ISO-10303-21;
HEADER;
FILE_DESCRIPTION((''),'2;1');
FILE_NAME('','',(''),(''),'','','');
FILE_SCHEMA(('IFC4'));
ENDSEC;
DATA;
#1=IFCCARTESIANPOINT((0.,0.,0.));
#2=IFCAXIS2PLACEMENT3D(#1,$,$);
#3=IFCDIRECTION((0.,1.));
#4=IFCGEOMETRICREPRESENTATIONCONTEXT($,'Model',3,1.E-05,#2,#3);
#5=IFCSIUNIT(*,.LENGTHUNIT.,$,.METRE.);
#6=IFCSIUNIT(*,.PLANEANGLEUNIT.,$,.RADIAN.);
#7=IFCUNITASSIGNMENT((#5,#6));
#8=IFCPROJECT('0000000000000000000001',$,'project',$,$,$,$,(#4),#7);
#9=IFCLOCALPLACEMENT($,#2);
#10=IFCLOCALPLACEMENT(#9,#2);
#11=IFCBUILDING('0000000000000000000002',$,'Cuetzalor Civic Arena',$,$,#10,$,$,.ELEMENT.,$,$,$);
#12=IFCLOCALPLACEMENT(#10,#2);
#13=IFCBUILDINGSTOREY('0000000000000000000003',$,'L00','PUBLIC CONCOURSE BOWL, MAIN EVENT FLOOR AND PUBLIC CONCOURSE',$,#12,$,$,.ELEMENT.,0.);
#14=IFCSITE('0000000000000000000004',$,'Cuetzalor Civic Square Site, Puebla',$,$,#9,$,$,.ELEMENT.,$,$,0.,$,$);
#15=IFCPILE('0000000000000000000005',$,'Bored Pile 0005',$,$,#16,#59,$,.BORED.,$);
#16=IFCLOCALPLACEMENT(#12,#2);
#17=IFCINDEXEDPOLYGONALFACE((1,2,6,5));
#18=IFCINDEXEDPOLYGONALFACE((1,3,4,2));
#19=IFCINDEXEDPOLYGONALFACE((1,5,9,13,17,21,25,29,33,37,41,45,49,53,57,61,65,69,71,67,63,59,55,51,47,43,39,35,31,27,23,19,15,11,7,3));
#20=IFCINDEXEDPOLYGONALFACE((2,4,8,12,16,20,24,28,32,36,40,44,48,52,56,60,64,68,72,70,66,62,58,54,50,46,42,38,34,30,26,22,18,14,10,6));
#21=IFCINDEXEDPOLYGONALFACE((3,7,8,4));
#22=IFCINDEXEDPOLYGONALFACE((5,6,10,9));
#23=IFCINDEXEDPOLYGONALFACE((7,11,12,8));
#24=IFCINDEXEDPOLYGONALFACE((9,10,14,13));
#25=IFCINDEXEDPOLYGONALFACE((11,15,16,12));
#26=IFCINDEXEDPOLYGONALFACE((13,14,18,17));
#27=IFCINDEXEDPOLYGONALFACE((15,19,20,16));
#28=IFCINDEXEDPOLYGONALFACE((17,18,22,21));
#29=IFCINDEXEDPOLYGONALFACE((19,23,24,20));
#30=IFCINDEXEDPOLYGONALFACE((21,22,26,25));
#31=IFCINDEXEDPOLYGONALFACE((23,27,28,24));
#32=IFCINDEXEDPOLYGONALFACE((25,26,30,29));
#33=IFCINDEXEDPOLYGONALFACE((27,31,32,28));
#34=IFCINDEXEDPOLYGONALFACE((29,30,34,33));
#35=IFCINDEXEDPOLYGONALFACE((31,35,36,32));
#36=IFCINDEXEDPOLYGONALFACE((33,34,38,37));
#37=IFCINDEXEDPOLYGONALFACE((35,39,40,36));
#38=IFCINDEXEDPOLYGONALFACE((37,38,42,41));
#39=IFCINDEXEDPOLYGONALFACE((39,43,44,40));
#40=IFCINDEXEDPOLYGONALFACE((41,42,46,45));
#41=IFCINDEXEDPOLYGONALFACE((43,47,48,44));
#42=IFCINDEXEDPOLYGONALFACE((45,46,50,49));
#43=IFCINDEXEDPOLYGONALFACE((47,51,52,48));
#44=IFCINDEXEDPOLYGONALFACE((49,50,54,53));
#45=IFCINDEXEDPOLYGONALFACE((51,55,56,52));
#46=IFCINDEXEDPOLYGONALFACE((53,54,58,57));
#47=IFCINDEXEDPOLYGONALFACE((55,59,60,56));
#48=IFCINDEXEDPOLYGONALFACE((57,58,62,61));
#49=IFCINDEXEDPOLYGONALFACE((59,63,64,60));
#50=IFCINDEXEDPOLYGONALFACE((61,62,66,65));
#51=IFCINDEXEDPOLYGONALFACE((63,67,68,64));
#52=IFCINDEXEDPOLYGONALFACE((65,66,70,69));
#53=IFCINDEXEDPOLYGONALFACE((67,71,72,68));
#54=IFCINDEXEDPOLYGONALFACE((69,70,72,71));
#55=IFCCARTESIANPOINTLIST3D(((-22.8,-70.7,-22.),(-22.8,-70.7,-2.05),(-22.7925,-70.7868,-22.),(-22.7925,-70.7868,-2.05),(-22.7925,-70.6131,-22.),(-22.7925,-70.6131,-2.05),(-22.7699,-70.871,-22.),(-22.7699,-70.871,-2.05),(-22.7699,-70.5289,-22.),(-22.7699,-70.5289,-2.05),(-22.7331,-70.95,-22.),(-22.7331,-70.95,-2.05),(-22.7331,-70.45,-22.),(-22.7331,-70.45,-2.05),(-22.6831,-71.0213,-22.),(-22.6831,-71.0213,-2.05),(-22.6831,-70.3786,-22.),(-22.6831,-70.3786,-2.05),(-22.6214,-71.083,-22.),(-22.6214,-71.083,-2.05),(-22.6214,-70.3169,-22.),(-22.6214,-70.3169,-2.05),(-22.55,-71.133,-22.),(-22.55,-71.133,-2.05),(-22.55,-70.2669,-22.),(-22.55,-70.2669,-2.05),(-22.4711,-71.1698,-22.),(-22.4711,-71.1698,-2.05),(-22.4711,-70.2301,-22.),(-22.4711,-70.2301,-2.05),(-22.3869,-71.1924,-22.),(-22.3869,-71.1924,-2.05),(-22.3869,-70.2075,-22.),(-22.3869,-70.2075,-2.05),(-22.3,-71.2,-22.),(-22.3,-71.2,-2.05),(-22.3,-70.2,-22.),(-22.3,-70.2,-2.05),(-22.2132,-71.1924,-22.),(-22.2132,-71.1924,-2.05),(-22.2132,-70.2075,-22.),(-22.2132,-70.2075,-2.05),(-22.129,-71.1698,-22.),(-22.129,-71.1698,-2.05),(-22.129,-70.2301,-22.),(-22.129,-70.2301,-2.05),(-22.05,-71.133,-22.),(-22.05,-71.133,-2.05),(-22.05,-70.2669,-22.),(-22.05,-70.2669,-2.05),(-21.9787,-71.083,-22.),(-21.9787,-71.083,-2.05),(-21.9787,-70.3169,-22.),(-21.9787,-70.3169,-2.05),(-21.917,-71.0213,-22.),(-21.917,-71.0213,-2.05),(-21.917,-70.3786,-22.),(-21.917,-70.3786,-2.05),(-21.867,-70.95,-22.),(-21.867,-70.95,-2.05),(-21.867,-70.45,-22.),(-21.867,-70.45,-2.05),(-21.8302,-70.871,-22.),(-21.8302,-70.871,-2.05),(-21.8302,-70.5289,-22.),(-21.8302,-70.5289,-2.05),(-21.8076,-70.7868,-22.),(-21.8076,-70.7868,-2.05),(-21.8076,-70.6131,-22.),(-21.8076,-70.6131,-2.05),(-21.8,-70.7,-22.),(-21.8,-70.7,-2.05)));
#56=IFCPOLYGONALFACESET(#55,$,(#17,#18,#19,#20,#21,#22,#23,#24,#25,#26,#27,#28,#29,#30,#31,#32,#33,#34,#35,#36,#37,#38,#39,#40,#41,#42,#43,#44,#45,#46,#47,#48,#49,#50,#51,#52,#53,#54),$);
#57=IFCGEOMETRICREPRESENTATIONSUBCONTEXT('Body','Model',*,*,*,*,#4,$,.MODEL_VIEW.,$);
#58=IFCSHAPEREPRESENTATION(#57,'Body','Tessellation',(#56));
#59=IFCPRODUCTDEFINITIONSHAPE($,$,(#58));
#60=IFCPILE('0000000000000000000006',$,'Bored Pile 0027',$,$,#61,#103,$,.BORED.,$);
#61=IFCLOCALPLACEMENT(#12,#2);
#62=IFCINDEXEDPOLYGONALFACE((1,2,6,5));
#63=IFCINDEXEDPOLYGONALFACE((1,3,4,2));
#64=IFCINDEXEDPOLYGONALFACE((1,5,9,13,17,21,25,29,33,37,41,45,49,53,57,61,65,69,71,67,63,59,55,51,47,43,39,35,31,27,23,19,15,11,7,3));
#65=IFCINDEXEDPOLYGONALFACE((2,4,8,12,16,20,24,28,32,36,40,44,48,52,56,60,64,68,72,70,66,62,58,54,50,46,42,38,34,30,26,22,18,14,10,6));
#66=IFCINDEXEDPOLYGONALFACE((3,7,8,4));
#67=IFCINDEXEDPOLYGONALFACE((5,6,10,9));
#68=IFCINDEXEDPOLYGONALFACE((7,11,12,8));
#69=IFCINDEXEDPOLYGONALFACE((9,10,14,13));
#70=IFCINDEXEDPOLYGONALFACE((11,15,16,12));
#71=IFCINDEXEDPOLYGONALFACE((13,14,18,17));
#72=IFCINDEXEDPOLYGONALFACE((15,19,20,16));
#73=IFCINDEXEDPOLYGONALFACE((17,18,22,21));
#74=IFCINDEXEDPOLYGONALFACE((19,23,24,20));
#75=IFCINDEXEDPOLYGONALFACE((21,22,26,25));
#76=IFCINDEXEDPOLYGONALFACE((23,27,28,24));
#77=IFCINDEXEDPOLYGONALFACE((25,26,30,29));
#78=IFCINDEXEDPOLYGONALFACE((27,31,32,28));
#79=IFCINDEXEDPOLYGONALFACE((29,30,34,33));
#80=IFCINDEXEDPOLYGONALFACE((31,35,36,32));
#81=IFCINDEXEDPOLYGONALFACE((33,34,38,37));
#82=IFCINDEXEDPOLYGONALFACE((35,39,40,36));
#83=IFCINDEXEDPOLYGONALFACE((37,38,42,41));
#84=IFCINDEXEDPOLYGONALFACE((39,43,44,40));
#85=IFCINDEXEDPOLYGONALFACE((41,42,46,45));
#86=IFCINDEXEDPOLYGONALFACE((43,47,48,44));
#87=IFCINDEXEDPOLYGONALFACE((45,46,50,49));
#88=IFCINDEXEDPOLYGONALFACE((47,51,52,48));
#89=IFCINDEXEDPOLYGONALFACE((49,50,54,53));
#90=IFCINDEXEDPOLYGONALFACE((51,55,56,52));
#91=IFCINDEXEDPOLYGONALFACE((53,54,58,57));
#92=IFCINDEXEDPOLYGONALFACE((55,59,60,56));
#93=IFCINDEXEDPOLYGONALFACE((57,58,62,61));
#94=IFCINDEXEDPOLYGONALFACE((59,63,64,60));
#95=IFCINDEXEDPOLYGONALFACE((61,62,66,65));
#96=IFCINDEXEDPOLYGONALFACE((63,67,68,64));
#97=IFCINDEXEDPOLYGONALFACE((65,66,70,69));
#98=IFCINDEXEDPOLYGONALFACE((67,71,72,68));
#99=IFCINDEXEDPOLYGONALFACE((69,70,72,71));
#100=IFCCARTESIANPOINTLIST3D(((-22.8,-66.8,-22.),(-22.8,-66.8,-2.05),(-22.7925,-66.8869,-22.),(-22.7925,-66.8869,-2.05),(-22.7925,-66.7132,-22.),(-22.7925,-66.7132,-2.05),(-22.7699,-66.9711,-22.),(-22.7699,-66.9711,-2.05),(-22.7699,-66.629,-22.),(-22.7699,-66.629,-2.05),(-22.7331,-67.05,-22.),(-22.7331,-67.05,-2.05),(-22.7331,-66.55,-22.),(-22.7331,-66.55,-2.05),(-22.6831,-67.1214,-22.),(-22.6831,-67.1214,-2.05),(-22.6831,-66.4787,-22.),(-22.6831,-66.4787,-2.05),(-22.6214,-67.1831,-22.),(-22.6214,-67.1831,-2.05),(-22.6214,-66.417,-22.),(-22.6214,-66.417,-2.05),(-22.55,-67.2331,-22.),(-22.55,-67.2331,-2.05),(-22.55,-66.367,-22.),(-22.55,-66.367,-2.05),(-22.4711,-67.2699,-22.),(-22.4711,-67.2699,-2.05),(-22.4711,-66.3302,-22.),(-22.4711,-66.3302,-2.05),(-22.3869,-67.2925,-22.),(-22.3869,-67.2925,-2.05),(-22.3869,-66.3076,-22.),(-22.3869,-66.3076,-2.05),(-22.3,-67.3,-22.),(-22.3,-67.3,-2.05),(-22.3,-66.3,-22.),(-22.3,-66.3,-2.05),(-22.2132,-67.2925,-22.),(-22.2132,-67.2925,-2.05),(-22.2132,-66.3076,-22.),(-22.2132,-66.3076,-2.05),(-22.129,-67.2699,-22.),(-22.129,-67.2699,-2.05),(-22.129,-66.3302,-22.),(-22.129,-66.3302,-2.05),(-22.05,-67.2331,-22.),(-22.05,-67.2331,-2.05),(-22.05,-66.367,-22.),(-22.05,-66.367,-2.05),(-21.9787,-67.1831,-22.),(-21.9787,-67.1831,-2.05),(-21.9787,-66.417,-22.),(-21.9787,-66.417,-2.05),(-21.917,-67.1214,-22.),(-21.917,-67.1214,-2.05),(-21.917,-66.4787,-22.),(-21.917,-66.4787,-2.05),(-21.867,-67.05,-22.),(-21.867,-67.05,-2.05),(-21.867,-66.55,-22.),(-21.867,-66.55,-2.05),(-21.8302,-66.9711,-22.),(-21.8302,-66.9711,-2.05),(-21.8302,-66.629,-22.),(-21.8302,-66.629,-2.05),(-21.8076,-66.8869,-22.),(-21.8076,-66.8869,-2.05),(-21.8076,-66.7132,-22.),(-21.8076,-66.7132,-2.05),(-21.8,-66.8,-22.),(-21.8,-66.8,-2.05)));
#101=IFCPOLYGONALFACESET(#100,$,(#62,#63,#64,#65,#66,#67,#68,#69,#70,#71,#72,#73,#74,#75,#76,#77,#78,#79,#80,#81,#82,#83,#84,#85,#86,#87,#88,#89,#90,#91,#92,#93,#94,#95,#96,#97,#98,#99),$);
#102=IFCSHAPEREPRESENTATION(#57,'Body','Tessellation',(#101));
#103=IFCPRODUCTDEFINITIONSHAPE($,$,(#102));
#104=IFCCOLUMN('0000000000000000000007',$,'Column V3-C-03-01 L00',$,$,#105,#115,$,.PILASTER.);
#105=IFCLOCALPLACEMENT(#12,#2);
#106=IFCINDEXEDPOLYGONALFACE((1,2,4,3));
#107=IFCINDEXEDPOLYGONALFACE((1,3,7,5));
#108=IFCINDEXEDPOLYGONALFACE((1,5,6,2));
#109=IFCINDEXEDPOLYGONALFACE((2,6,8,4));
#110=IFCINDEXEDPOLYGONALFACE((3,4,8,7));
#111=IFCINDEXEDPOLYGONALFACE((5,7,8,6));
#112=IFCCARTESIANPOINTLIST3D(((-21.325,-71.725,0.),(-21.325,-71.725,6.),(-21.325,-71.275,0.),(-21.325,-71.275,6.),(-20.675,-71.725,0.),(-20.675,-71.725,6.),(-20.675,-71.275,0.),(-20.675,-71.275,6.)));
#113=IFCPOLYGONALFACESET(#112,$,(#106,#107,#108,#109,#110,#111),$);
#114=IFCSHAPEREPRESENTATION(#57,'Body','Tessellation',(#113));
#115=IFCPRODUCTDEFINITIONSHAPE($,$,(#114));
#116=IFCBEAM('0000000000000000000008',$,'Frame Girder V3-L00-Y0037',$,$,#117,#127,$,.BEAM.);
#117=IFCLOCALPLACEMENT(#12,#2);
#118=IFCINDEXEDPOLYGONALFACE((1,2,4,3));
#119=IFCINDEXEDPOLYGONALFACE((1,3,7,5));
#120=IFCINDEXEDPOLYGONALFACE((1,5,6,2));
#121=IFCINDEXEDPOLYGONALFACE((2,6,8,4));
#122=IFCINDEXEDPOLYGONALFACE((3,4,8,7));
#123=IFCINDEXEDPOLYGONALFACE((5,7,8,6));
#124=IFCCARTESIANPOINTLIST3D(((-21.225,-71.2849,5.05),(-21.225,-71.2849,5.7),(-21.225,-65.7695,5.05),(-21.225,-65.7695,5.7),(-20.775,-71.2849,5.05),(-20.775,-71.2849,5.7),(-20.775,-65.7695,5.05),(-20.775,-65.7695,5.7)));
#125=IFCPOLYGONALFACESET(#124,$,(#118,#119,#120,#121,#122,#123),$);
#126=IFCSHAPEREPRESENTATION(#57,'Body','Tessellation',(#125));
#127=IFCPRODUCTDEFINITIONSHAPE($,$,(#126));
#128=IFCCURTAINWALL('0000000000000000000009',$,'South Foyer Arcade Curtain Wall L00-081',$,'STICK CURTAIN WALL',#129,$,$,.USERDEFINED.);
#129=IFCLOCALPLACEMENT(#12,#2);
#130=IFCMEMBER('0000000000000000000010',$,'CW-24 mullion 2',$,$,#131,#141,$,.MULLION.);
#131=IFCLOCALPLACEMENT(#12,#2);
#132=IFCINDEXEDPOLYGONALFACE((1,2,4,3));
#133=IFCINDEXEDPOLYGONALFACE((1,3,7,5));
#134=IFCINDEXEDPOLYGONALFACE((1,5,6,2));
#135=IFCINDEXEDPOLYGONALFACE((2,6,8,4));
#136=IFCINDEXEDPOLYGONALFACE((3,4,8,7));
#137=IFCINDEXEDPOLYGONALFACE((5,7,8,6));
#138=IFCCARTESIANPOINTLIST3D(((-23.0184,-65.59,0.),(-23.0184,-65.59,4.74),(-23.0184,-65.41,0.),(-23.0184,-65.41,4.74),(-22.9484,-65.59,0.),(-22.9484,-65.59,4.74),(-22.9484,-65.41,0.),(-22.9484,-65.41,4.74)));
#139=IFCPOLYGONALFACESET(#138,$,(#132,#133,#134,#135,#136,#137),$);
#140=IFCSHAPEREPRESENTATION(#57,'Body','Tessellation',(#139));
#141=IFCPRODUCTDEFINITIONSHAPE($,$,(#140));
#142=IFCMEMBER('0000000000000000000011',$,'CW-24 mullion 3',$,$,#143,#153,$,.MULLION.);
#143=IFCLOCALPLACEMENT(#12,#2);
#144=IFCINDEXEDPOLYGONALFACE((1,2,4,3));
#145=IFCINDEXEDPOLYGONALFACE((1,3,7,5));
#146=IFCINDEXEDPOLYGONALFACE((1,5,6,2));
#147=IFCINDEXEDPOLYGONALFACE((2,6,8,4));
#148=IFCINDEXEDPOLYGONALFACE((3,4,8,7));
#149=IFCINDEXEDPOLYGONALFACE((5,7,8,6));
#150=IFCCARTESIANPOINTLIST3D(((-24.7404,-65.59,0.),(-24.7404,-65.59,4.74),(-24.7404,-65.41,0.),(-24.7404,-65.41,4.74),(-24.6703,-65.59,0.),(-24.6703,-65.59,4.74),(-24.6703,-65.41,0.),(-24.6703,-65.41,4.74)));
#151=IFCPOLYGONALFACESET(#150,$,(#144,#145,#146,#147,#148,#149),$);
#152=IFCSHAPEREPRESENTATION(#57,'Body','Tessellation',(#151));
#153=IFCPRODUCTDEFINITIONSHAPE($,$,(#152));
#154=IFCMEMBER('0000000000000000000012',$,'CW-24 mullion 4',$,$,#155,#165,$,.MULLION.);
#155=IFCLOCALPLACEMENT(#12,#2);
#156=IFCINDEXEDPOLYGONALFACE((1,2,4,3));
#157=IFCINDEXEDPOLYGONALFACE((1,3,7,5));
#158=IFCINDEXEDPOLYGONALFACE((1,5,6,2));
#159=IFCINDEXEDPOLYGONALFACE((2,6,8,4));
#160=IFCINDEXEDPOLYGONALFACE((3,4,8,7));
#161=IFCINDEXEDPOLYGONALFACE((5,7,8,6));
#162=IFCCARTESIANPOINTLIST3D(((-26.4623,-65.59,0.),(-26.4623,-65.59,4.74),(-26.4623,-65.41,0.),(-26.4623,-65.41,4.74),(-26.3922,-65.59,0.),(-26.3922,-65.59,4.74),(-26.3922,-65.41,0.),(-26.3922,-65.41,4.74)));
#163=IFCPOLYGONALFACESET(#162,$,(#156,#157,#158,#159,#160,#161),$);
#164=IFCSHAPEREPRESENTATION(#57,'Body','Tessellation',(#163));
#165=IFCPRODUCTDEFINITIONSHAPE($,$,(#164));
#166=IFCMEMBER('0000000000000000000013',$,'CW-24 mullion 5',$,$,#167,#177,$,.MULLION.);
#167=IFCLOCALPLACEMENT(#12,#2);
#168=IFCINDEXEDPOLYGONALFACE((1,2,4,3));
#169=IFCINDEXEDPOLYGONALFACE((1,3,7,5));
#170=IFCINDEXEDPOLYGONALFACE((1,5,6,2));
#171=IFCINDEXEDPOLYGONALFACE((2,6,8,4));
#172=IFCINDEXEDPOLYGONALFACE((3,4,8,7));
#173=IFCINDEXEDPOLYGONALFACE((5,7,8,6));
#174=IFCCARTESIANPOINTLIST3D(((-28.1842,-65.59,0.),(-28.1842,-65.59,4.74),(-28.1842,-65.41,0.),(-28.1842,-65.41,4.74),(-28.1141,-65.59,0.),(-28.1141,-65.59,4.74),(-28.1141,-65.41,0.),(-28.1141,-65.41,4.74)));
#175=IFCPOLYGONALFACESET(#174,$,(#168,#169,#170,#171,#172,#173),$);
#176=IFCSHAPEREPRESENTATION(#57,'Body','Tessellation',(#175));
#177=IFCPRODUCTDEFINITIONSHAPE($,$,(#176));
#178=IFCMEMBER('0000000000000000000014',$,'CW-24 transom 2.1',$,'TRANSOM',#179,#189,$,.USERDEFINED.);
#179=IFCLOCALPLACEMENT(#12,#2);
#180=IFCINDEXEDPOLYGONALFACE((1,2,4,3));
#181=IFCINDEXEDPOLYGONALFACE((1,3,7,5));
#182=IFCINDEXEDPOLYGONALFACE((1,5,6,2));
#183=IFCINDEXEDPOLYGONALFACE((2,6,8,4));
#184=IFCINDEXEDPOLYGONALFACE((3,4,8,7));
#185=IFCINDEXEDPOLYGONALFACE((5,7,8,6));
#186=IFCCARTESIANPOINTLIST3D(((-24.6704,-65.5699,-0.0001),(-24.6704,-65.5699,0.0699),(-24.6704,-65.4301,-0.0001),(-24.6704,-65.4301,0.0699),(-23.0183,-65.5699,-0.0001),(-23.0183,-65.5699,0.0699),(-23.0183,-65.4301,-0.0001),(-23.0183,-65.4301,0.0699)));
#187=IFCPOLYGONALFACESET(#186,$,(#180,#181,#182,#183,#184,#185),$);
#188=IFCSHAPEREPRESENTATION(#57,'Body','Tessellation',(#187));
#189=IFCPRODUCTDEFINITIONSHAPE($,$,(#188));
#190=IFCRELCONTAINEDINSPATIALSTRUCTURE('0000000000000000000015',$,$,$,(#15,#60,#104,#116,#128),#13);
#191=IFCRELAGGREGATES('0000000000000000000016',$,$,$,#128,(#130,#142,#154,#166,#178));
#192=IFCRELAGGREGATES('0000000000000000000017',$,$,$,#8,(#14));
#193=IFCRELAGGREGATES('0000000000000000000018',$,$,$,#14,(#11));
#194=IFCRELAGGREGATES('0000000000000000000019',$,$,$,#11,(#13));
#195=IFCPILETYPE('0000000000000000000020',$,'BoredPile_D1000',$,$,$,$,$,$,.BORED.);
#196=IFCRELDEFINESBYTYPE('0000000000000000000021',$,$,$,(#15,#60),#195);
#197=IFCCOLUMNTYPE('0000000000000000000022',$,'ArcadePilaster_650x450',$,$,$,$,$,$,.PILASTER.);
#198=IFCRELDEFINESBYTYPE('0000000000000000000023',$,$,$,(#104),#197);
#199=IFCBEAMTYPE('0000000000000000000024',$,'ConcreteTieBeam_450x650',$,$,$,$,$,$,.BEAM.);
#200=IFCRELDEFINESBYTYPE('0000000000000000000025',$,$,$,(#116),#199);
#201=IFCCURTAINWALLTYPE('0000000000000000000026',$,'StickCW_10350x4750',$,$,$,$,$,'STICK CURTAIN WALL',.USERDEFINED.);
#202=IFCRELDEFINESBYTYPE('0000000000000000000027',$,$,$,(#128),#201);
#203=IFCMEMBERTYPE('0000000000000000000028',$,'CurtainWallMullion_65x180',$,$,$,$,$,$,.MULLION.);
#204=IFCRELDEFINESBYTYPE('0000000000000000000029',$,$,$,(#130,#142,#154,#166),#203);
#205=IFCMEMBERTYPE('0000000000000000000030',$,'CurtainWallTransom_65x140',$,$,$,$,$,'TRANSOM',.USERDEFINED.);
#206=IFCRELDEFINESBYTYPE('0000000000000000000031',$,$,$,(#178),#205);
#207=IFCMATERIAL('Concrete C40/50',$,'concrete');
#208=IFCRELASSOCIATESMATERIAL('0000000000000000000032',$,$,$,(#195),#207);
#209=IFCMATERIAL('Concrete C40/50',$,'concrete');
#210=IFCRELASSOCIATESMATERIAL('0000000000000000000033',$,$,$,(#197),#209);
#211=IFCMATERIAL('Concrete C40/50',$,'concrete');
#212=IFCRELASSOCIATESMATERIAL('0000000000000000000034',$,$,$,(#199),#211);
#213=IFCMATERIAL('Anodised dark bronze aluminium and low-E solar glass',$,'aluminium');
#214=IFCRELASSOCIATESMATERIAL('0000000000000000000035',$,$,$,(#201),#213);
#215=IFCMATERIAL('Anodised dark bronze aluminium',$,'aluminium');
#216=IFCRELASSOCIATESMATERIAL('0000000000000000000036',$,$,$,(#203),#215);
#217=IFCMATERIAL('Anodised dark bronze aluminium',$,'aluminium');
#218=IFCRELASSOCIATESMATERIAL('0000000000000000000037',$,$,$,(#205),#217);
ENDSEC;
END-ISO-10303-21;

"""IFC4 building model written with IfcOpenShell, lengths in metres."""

from ifc_helpers import new_model, si_unit, direction, frame, origin, origin_2d, place, context, subcontext, project, spatial, rectangle, circle, extrude, material, material_profile, profile_set, type_object, element, aggregate, save


model = new_model("IFC4")

# Units and contexts
model_context = context("Model", 3, precision=1e-05, world=origin(), true_north=direction((0.0, 1.0)))
body_context = subcontext(model_context, "Body", "Model", "MODEL_VIEW")
ifc_project = project(units=[si_unit("LENGTHUNIT", "METRE"), si_unit("PLANEANGLEUNIT", "RADIAN")], contexts=[model_context])

# Site, building, storey
site_placement = place(None, origin())
site = spatial("IfcSite", under=ifc_project, at=site_placement, Name="Cuetzalor Civic Square Site, Puebla", CompositionType="ELEMENT", RefElevation=0.0)
building_placement = place(site_placement, origin())
building = spatial("IfcBuilding", under=site, at=building_placement, Name="Cuetzalor Civic Arena", CompositionType="ELEMENT")
storey_placement = place(building_placement, origin())
storey = spatial("IfcBuildingStorey", under=building, at=storey_placement, Name="L00", Description="PUBLIC CONCOURSE BOWL, MAIN EVENT FLOOR AND PUBLIC CONCOURSE", CompositionType="ELEMENT", Elevation=0.0)

# Piles
ifc_material_1 = material(Name="Concrete C40/50", Category="concrete")
ifc_material_profile_1 = material_profile(ifc_material_1, circle(Radius=0.5, at=origin_2d()), Name="BORED PILE D1000")
ifc_profile_set_1 = profile_set([ifc_material_profile_1], Name="Concrete C40/50")
pile_type = type_object("IfcPileType", Name="BoredPile_D1000", PredefinedType="BORED", material=ifc_profile_set_1)
for number, where, z_axis, x_axis, name in (
    (1, (-22.3, -70.7, -2.05), (0.0, 0.0, -1.0), (1.0, 0.0, 0.0), "Bored Pile 0005"),
    (2, (-22.3, -66.8, -2.05), (0.0, 0.0, -1.0), (1.0, 0.0, 0.0), "Bored Pile 0027"),
):
    element("IfcPile", number, at=place(storey_placement, frame(where, z_axis=z_axis, x_axis=x_axis)), inside=storey, type_object=pile_type, Name=name, PredefinedType="BORED", context=body_context, shape_type="SweptSolid", body=[
        extrude(circle(Radius=0.5, at=origin_2d()), origin(), (0.0, 0.0, 1.0), 19.95),
    ])

# Column
ifc_material_2 = material(Name="Concrete C40/50", Category="concrete")
ifc_material_profile_2 = material_profile(ifc_material_2, rectangle(XDim=0.6499, YDim=0.45, at=origin_2d()), Name="RC 650x450")
ifc_profile_set_2 = profile_set([ifc_material_profile_2], Name="Concrete C40/50")
column_type = type_object("IfcColumnType", Name="ArcadePilaster_650x450", PredefinedType="PILASTER", material=ifc_profile_set_2)
column_placement = place(storey_placement, frame((-21.0, -71.5, 0.0), z_axis=(0.0, 0.0, 1.0), x_axis=(1.0, 0.0, 0.0)))
element("IfcColumn", 3, at=column_placement, inside=storey, type_object=column_type, Name="Column V3-C-03-01 L00", PredefinedType="PILASTER", context=body_context, shape_type="SweptSolid", body=[
    extrude(rectangle(XDim=0.6499, YDim=0.45, at=origin_2d()), origin(), (0.0, 0.0, 1.0), 6.0),
])

# Beam
ifc_material_3 = material(Name="Concrete C40/50", Category="concrete")
ifc_material_profile_3 = material_profile(ifc_material_3, rectangle(XDim=0.45, YDim=0.6499, at=origin_2d()), Name="RC 450x650")
ifc_profile_set_3 = profile_set([ifc_material_profile_3], Name="Concrete C40/50")
beam_type = type_object("IfcBeamType", Name="ConcreteTieBeam_450x650", PredefinedType="BEAM", material=ifc_profile_set_3)
beam_placement = place(storey_placement, frame((-21.0, -71.2849, 5.375), z_axis=(0.0, 1.0, 0.0), x_axis=(-1.0, 0.0, 0.0)))
element("IfcBeam", 4, at=beam_placement, inside=storey, type_object=beam_type, Name="Frame Girder V3-L00-Y0037", PredefinedType="BEAM", context=body_context, shape_type="SweptSolid", body=[
    extrude(rectangle(XDim=0.45, YDim=0.6499, at=origin_2d()), origin(), (0.0, 0.0, 1.0), 5.5154),
])

# Curtain wall, members
ifc_material_4 = material(Name="Anodised dark bronze aluminium and low-E solar glass", Category="aluminium")
curtain_wall_type = type_object("IfcCurtainWallType", Name="StickCW_10350x4750", ElementType="STICK CURTAIN WALL", PredefinedType="USERDEFINED", material=ifc_material_4)
curtain_wall_placement = place(storey_placement, origin())
curtain_wall = element("IfcCurtainWall", 5, at=curtain_wall_placement, inside=storey, type_object=curtain_wall_type, Name="South Foyer Arcade Curtain Wall L00-081", ObjectType="STICK CURTAIN WALL", PredefinedType="USERDEFINED")
ifc_material_5 = material(Name="Anodised dark bronze aluminium", Category="aluminium")
ifc_material_profile_4 = material_profile(ifc_material_5, rectangle(XDim=0.0701, YDim=0.1799, at=origin_2d()), Name="ALU MULLION 70x180")
ifc_profile_set_4 = profile_set([ifc_material_profile_4], Name="Anodised dark bronze aluminium")
member_type_1 = type_object("IfcMemberType", Name="CurtainWallMullion_65x180", PredefinedType="MULLION", material=ifc_profile_set_4)
member_1_placement = place(storey_placement, frame((-22.9834, -65.5, 0.0), z_axis=(0.0, 0.0, 1.0), x_axis=(-1.0, 0.0, 0.0)))
member_1 = element("IfcMember", 6, at=member_1_placement, type_object=member_type_1, Name="CW-24 mullion 2", PredefinedType="MULLION", context=body_context, shape_type="SweptSolid", body=[
    extrude(rectangle(XDim=0.0701, YDim=0.1799, at=origin_2d()), origin(), (0.0, 0.0, 1.0), 4.74),
])
member_2_placement = place(storey_placement, frame((-24.7053, -65.5, 0.0), z_axis=(0.0, 0.0, 1.0), x_axis=(-1.0, 0.0, 0.0)))
member_2 = element("IfcMember", 7, at=member_2_placement, type_object=member_type_1, Name="CW-24 mullion 3", PredefinedType="MULLION", context=body_context, shape_type="SweptSolid", body=[
    extrude(rectangle(XDim=0.0701, YDim=0.1799, at=origin_2d()), origin(), (0.0, 0.0, 1.0), 4.74),
])
member_3_placement = place(storey_placement, frame((-26.4272, -65.5, 0.0), z_axis=(0.0, 0.0, 1.0), x_axis=(-1.0, 0.0, 0.0)))
member_3 = element("IfcMember", 8, at=member_3_placement, type_object=member_type_1, Name="CW-24 mullion 4", PredefinedType="MULLION", context=body_context, shape_type="SweptSolid", body=[
    extrude(rectangle(XDim=0.0701, YDim=0.1799, at=origin_2d()), origin(), (0.0, 0.0, 1.0), 4.74),
])
member_4_placement = place(storey_placement, frame((-28.1492, -65.5, 0.0), z_axis=(0.0, 0.0, 1.0), x_axis=(-1.0, 0.0, 0.0)))
member_4 = element("IfcMember", 9, at=member_4_placement, type_object=member_type_1, Name="CW-24 mullion 5", PredefinedType="MULLION", context=body_context, shape_type="SweptSolid", body=[
    extrude(rectangle(XDim=0.0701, YDim=0.1799, at=origin_2d()), origin(), (0.0, 0.0, 1.0), 4.74),
])
ifc_material_6 = material(Name="Anodised dark bronze aluminium", Category="aluminium")
ifc_material_profile_5 = material_profile(ifc_material_6, rectangle(XDim=0.1399, YDim=0.0701, at=origin_2d()), Name="ALU TRANSOM 70x140")
ifc_profile_set_5 = profile_set([ifc_material_profile_5], Name="Anodised dark bronze aluminium")
member_type_2 = type_object("IfcMemberType", Name="CurtainWallTransom_65x140", ElementType="TRANSOM", PredefinedType="USERDEFINED", material=ifc_profile_set_5)
member_5_placement = place(storey_placement, frame((-23.0183, -65.5, 0.0349), z_axis=(-1.0, 0.0, 0.0), x_axis=(0.0, -1.0, 0.0)))
member_5 = element("IfcMember", 10, at=member_5_placement, type_object=member_type_2, Name="CW-24 transom 2.1", ObjectType="TRANSOM", PredefinedType="USERDEFINED", context=body_context, shape_type="SweptSolid", body=[
    extrude(rectangle(XDim=0.1399, YDim=0.0701, at=origin_2d()), origin(), (0.0, 0.0, 1.0), 1.6521),
])
aggregate(curtain_wall, [member_1, member_2, member_3, member_4, member_5])

save(model, "model.ifc")
